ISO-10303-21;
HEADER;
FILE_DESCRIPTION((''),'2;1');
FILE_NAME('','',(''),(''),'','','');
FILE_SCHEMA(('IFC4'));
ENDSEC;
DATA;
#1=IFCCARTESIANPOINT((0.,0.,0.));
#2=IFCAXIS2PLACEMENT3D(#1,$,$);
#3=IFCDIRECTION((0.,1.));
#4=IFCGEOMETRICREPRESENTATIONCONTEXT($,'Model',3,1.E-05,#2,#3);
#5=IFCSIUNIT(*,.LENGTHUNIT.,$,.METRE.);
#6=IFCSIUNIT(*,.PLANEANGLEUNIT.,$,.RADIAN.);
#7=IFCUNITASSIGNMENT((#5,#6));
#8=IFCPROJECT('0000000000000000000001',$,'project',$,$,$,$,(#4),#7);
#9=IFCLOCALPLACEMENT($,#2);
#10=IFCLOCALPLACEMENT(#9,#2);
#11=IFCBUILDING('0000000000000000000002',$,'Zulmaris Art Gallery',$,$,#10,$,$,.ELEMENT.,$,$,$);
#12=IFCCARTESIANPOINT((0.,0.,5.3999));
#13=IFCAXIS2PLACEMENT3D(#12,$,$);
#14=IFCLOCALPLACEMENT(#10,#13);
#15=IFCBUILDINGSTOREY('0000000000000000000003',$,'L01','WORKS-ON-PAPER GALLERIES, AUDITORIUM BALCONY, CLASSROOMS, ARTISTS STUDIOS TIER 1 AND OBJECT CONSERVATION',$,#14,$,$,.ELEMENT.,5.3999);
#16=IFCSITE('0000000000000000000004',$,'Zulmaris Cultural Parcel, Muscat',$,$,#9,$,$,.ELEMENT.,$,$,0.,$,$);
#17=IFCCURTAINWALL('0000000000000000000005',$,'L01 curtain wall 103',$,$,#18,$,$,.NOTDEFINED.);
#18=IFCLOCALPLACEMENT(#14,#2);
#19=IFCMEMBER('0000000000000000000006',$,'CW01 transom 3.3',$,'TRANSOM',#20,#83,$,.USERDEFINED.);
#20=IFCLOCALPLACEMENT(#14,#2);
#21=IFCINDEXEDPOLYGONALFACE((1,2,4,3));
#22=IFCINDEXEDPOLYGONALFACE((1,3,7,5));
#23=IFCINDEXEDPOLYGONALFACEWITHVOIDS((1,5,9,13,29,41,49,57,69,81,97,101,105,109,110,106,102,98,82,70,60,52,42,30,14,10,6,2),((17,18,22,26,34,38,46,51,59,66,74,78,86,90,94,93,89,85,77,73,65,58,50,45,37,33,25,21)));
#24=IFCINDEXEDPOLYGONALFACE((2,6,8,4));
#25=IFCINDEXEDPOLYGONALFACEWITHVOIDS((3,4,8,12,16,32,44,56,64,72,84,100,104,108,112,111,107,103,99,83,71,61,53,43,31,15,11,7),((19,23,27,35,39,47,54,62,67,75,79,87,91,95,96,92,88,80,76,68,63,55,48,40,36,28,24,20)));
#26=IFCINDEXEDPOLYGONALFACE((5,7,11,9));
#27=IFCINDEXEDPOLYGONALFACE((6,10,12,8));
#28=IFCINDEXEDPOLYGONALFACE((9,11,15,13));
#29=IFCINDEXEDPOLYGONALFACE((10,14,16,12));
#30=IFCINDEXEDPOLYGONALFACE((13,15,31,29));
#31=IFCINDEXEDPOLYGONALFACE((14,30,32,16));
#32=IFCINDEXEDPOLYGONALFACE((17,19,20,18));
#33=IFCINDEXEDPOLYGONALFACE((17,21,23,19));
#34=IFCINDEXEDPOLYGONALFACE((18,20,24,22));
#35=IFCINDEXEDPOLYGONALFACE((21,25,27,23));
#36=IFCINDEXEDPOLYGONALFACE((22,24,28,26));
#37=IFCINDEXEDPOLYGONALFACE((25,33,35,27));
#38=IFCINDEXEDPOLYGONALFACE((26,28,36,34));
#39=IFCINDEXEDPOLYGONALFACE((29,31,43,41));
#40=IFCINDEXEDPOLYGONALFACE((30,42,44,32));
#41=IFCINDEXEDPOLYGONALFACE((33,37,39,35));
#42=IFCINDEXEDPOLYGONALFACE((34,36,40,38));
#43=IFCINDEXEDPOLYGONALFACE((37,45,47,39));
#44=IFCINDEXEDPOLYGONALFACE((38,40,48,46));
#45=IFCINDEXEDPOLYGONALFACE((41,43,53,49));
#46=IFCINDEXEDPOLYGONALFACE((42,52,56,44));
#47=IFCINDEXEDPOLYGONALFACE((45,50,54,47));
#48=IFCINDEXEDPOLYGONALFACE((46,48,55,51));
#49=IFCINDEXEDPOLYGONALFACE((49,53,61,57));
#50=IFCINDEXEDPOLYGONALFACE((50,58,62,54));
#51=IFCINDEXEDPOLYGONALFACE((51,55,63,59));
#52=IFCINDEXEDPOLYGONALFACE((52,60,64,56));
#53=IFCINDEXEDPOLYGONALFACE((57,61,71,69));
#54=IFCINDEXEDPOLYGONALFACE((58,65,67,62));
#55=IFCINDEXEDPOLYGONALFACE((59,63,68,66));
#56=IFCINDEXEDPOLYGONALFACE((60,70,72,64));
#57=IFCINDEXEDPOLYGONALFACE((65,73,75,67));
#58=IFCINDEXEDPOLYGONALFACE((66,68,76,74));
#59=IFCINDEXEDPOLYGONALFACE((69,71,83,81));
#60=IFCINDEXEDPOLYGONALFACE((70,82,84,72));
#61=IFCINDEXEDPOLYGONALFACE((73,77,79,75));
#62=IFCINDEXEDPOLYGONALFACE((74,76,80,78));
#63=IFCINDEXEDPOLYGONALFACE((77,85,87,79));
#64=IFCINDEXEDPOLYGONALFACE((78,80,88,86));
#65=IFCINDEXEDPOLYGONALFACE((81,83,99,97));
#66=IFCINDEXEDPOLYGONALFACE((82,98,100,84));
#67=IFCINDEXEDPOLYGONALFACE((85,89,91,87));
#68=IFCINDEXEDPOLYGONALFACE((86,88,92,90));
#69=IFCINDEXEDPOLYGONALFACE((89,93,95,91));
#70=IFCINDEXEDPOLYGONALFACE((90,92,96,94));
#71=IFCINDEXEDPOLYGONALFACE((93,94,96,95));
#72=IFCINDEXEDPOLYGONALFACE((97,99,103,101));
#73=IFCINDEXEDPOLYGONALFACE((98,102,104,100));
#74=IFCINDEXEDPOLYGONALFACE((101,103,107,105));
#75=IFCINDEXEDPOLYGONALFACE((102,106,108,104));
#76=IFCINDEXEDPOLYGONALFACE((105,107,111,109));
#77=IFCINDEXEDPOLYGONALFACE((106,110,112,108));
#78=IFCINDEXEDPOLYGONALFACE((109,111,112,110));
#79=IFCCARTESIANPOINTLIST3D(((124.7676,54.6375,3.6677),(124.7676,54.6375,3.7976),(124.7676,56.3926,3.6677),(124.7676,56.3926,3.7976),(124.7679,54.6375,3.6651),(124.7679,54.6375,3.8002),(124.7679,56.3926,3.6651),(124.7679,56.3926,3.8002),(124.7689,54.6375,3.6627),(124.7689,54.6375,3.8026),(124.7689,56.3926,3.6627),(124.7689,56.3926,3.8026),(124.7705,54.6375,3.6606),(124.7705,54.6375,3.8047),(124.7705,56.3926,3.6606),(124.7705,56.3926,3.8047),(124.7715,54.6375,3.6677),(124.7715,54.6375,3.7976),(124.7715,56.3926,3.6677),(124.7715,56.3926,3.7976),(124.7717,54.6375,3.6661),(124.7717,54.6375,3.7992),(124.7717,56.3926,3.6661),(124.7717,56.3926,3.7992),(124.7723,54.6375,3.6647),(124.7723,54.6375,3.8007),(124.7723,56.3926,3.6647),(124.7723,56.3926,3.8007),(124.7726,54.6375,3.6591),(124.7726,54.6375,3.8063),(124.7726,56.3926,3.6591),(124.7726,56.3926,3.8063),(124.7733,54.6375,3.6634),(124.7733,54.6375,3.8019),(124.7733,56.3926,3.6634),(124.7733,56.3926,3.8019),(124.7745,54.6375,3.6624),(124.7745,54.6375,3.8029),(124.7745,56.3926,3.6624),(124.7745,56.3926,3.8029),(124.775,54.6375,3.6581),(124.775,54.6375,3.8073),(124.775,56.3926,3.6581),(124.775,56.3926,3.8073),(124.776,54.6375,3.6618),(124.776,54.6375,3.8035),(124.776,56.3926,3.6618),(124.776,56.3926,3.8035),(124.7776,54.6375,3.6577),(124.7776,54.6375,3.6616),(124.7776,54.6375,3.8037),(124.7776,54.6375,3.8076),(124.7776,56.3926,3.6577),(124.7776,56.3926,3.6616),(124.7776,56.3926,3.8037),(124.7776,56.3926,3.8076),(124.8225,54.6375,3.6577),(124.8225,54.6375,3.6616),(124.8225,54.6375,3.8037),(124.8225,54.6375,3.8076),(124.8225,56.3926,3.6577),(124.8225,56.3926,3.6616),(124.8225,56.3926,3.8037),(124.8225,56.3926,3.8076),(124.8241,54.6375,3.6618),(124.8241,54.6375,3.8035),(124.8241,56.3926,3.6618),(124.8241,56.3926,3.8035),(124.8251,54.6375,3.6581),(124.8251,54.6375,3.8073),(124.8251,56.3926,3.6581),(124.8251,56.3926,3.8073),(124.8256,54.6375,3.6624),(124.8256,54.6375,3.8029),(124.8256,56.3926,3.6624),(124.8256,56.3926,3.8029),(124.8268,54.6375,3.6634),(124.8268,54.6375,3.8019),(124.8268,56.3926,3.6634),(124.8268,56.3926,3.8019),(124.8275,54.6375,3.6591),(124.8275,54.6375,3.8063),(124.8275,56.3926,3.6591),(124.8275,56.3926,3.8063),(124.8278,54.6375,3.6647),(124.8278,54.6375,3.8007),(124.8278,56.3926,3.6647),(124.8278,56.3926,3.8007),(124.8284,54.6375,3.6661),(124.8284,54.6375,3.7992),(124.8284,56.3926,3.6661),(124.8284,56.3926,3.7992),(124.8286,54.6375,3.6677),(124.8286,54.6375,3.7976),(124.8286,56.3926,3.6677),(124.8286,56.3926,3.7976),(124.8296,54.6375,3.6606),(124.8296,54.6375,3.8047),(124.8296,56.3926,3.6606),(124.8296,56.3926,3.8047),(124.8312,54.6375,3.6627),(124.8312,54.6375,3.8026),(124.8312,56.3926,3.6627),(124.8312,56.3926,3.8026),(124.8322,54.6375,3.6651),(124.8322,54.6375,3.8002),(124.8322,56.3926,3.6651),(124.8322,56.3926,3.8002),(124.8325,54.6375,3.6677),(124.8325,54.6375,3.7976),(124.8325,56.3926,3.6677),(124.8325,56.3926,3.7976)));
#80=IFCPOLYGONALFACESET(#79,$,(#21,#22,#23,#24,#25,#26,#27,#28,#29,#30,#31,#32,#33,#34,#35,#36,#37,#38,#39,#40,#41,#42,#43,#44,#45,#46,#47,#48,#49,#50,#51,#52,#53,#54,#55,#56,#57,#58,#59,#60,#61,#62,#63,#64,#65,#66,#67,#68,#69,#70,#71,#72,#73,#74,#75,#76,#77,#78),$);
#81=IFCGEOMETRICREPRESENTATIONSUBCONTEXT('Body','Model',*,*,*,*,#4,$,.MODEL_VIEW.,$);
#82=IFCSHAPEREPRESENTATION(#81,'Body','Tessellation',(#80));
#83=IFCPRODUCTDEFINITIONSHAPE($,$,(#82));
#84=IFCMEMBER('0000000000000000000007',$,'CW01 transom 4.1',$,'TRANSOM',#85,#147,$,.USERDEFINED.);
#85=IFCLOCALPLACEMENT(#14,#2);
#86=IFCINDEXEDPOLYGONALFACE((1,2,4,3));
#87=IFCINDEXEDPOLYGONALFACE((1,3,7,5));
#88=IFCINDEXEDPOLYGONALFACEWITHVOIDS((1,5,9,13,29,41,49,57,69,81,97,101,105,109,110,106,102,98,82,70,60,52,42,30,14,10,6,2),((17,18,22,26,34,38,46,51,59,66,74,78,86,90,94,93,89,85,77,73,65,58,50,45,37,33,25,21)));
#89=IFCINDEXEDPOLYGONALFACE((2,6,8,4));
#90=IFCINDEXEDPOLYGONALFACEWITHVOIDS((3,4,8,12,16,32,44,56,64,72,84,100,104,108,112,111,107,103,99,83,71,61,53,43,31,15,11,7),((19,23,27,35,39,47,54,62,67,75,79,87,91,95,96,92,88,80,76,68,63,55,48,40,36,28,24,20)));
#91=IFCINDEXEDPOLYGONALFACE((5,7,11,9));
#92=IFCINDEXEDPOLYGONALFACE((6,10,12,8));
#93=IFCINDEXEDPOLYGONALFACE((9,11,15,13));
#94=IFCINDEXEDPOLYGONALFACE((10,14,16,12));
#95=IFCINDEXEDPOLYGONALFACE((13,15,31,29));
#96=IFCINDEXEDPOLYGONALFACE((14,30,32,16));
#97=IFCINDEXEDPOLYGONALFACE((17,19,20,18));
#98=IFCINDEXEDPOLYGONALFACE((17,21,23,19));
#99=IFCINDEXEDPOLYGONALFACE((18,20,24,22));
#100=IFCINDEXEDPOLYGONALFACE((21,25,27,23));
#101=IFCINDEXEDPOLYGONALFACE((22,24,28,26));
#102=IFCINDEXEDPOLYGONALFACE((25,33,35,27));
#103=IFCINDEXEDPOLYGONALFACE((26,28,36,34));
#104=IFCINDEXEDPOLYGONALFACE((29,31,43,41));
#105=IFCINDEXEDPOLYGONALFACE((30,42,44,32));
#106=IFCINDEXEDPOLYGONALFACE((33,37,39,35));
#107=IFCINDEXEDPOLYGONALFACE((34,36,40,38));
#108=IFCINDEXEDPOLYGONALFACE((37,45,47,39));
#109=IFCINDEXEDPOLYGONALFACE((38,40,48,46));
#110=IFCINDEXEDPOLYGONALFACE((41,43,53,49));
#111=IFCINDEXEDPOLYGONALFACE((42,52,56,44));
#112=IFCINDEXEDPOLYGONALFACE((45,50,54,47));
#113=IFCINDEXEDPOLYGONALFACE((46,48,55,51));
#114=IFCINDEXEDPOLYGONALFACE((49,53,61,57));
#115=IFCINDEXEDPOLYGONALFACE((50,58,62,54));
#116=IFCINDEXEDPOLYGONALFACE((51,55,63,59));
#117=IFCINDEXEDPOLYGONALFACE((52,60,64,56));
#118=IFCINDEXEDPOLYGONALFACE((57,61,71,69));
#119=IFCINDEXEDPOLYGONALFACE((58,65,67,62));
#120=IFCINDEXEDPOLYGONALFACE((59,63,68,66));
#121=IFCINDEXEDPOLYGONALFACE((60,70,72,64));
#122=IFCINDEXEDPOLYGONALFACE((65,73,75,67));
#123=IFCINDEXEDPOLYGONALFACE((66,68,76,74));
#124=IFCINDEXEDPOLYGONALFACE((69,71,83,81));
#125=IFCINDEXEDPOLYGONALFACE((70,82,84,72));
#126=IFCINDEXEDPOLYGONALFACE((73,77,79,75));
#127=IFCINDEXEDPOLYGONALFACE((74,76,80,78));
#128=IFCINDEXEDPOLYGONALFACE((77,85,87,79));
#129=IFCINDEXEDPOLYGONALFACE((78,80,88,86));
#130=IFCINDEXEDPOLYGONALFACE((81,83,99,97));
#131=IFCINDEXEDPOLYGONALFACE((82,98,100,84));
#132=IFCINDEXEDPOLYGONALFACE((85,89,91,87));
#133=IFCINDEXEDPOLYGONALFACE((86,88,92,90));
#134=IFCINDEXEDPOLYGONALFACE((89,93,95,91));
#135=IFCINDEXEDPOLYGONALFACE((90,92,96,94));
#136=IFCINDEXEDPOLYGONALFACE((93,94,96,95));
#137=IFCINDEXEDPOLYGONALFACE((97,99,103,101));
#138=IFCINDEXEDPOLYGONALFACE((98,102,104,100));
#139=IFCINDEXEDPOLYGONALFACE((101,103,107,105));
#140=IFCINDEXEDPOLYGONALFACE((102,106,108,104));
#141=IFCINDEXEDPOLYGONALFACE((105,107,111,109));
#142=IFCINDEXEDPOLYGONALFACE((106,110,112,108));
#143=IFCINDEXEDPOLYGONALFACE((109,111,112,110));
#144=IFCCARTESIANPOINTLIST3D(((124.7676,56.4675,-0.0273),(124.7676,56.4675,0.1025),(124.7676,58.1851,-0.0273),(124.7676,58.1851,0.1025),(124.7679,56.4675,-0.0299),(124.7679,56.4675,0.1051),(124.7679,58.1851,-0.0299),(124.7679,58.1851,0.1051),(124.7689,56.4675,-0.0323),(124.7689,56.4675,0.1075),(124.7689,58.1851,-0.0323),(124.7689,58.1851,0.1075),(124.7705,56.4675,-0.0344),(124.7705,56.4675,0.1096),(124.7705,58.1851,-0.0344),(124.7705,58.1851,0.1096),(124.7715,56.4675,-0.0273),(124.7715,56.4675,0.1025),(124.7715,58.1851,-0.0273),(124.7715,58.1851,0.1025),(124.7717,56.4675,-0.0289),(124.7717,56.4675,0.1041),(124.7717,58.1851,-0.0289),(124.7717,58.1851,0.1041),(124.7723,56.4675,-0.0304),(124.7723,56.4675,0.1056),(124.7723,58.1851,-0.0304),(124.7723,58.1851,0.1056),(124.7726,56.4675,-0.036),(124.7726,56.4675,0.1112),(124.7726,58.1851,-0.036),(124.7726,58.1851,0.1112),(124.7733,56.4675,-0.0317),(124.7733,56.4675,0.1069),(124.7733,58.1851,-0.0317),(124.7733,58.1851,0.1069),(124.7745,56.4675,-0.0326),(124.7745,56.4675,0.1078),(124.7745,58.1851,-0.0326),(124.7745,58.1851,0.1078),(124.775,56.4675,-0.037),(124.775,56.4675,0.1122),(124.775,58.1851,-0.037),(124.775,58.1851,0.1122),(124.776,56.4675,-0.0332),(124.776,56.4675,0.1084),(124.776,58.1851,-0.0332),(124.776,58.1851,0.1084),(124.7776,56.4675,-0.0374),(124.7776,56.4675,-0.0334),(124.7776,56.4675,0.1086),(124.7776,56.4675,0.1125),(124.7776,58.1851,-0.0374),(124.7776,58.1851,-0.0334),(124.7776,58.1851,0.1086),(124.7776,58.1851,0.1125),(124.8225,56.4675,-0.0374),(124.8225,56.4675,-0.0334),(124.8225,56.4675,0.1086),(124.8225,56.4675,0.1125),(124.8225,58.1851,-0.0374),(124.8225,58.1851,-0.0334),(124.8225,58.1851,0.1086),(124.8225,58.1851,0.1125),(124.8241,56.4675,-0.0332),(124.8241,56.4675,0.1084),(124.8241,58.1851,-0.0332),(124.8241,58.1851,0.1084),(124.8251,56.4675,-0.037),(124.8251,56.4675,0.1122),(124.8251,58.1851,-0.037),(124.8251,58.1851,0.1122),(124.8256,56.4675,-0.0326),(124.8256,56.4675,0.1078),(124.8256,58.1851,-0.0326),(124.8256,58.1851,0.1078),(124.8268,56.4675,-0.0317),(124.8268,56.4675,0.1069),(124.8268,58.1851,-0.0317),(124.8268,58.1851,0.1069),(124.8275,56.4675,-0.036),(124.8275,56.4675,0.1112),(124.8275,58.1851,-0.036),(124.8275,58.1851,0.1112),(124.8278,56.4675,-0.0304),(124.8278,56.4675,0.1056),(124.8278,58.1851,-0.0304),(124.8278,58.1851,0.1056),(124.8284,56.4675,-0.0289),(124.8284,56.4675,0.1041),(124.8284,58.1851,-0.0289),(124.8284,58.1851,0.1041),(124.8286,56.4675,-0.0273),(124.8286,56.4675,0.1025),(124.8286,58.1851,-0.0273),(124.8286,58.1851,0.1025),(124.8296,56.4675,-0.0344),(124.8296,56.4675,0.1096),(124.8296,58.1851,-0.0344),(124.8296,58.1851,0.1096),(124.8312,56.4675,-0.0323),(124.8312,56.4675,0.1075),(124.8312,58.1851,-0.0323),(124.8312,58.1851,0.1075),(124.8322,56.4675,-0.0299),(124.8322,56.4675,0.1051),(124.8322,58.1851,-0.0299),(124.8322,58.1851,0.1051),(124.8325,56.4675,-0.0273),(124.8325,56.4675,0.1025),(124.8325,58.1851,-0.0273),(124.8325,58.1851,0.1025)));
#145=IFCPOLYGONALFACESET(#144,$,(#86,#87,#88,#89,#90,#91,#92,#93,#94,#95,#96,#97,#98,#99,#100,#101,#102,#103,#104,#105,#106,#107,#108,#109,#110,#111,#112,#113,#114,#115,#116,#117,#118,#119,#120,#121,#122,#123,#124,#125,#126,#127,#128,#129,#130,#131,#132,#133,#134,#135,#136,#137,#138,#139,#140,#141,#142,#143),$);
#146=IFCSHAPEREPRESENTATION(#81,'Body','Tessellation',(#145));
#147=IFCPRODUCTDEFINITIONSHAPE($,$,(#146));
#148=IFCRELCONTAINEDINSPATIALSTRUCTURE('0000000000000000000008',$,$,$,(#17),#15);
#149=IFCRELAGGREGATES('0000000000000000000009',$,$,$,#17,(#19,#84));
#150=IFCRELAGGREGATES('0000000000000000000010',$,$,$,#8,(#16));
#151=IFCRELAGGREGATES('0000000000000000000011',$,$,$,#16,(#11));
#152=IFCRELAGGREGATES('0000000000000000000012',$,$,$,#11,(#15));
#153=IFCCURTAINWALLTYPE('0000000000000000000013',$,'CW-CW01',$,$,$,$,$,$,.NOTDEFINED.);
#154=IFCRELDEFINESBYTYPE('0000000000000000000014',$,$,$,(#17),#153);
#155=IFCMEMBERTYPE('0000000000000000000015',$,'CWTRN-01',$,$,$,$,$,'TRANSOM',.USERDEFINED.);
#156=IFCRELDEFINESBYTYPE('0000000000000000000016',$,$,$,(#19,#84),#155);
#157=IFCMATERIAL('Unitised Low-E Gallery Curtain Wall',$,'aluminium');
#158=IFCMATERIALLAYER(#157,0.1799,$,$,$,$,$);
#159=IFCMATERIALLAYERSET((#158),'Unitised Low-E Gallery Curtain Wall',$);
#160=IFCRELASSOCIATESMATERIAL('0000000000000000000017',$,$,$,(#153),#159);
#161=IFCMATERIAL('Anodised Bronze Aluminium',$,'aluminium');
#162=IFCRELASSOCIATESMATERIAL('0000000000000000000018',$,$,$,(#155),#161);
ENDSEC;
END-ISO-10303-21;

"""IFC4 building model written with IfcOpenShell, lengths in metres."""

from ifc_helpers import new_model, si_unit, direction, frame, origin, origin_2d, place, context, subcontext, project, spatial, hollow_rectangle, extrude, material, layer, layer_set, material_profile, profile_set, type_object, element, aggregate, save


model = new_model("IFC4")

# Units and contexts
model_context = context("Model", 3, precision=1e-05, world=origin(), true_north=direction((0.0, 1.0)))
body_context = subcontext(model_context, "Body", "Model", "MODEL_VIEW")
ifc_project = project(units=[si_unit("LENGTHUNIT", "METRE"), si_unit("PLANEANGLEUNIT", "RADIAN")], contexts=[model_context])

# Site, building, storey
site_placement = place(None, origin())
site = spatial("IfcSite", under=ifc_project, at=site_placement, Name="Zulmaris Cultural Parcel, Muscat", CompositionType="ELEMENT", RefElevation=0.0)
building_placement = place(site_placement, origin())
building = spatial("IfcBuilding", under=site, at=building_placement, Name="Zulmaris Art Gallery", CompositionType="ELEMENT")
storey_placement = place(building_placement, frame((0.0, 0.0, 5.3999)))
storey = spatial("IfcBuildingStorey", under=building, at=storey_placement, Name="L01", Description="WORKS-ON-PAPER GALLERIES, AUDITORIUM BALCONY, CLASSROOMS, ARTISTS STUDIOS TIER 1 AND OBJECT CONSERVATION", CompositionType="ELEMENT", Elevation=5.3999)

# Shared definitions
ifc_material_1 = material(Name="Unitised Low-E Gallery Curtain Wall", Category="aluminium")
ifc_layer_1 = layer(ifc_material_1, 0.1799)
ifc_layer_set_1 = layer_set([ifc_layer_1], Name="Unitised Low-E Gallery Curtain Wall")
curtain_wall_type = type_object("IfcCurtainWallType", Name="CW-CW01", PredefinedType="NOTDEFINED", material=ifc_layer_set_1)
ifc_material_2 = material(Name="Anodised Bronze Aluminium", Category="aluminium")

# Curtain wall
curtain_wall_1_placement = place(storey_placement, origin())
curtain_wall_1 = element("IfcCurtainWall", 1, at=curtain_wall_1_placement, inside=storey, type_object=curtain_wall_type, Name="L01 curtain wall 103", PredefinedType="NOTDEFINED")

# Members
ifc_material_profile_1 = material_profile(ifc_material_2, hollow_rectangle(XDim=0.0649, YDim=0.1499, WallThickness=0.0039, InnerFilletRadius=0.0061, OuterFilletRadius=0.01, at=origin_2d()), Name="ALU 65x150x4")
ifc_profile_set_1 = profile_set([ifc_material_profile_1], Name="Anodised Bronze Aluminium")
member_type_1 = type_object("IfcMemberType", Name="CWTRN-01", ElementType="TRANSOM", PredefinedType="USERDEFINED", material=ifc_profile_set_1)
member_1_placement = place(storey_placement, frame((124.8, 54.6375, 3.7327), z_axis=(0.0, 1.0, 0.0), x_axis=(-1.0, 0.0, 0.0)))
member_1 = element("IfcMember", 2, at=member_1_placement, type_object=member_type_1, Name="CW01 transom 3.3", ObjectType="TRANSOM", PredefinedType="USERDEFINED", context=body_context, shape_type="SweptSolid", body=[
    extrude(hollow_rectangle(XDim=0.0649, YDim=0.1499, WallThickness=0.0039, InnerFilletRadius=0.0061, OuterFilletRadius=0.01, at=origin_2d()), origin(), (0.0, 0.0, 1.0), 1.7551),
])
member_2_placement = place(storey_placement, frame((124.8, 56.4675, 0.0376), z_axis=(0.0, 1.0, 0.0), x_axis=(-1.0, 0.0, 0.0)))
member_2 = element("IfcMember", 3, at=member_2_placement, type_object=member_type_1, Name="CW01 transom 4.1", ObjectType="TRANSOM", PredefinedType="USERDEFINED", context=body_context, shape_type="SweptSolid", body=[
    extrude(hollow_rectangle(XDim=0.0649, YDim=0.1499, WallThickness=0.0039, InnerFilletRadius=0.0061, OuterFilletRadius=0.01, at=origin_2d()), origin(), (0.0, 0.0, 1.0), 1.7175),
])

aggregate(curtain_wall_1, [member_1, member_2])

save(model, "model.ifc")
